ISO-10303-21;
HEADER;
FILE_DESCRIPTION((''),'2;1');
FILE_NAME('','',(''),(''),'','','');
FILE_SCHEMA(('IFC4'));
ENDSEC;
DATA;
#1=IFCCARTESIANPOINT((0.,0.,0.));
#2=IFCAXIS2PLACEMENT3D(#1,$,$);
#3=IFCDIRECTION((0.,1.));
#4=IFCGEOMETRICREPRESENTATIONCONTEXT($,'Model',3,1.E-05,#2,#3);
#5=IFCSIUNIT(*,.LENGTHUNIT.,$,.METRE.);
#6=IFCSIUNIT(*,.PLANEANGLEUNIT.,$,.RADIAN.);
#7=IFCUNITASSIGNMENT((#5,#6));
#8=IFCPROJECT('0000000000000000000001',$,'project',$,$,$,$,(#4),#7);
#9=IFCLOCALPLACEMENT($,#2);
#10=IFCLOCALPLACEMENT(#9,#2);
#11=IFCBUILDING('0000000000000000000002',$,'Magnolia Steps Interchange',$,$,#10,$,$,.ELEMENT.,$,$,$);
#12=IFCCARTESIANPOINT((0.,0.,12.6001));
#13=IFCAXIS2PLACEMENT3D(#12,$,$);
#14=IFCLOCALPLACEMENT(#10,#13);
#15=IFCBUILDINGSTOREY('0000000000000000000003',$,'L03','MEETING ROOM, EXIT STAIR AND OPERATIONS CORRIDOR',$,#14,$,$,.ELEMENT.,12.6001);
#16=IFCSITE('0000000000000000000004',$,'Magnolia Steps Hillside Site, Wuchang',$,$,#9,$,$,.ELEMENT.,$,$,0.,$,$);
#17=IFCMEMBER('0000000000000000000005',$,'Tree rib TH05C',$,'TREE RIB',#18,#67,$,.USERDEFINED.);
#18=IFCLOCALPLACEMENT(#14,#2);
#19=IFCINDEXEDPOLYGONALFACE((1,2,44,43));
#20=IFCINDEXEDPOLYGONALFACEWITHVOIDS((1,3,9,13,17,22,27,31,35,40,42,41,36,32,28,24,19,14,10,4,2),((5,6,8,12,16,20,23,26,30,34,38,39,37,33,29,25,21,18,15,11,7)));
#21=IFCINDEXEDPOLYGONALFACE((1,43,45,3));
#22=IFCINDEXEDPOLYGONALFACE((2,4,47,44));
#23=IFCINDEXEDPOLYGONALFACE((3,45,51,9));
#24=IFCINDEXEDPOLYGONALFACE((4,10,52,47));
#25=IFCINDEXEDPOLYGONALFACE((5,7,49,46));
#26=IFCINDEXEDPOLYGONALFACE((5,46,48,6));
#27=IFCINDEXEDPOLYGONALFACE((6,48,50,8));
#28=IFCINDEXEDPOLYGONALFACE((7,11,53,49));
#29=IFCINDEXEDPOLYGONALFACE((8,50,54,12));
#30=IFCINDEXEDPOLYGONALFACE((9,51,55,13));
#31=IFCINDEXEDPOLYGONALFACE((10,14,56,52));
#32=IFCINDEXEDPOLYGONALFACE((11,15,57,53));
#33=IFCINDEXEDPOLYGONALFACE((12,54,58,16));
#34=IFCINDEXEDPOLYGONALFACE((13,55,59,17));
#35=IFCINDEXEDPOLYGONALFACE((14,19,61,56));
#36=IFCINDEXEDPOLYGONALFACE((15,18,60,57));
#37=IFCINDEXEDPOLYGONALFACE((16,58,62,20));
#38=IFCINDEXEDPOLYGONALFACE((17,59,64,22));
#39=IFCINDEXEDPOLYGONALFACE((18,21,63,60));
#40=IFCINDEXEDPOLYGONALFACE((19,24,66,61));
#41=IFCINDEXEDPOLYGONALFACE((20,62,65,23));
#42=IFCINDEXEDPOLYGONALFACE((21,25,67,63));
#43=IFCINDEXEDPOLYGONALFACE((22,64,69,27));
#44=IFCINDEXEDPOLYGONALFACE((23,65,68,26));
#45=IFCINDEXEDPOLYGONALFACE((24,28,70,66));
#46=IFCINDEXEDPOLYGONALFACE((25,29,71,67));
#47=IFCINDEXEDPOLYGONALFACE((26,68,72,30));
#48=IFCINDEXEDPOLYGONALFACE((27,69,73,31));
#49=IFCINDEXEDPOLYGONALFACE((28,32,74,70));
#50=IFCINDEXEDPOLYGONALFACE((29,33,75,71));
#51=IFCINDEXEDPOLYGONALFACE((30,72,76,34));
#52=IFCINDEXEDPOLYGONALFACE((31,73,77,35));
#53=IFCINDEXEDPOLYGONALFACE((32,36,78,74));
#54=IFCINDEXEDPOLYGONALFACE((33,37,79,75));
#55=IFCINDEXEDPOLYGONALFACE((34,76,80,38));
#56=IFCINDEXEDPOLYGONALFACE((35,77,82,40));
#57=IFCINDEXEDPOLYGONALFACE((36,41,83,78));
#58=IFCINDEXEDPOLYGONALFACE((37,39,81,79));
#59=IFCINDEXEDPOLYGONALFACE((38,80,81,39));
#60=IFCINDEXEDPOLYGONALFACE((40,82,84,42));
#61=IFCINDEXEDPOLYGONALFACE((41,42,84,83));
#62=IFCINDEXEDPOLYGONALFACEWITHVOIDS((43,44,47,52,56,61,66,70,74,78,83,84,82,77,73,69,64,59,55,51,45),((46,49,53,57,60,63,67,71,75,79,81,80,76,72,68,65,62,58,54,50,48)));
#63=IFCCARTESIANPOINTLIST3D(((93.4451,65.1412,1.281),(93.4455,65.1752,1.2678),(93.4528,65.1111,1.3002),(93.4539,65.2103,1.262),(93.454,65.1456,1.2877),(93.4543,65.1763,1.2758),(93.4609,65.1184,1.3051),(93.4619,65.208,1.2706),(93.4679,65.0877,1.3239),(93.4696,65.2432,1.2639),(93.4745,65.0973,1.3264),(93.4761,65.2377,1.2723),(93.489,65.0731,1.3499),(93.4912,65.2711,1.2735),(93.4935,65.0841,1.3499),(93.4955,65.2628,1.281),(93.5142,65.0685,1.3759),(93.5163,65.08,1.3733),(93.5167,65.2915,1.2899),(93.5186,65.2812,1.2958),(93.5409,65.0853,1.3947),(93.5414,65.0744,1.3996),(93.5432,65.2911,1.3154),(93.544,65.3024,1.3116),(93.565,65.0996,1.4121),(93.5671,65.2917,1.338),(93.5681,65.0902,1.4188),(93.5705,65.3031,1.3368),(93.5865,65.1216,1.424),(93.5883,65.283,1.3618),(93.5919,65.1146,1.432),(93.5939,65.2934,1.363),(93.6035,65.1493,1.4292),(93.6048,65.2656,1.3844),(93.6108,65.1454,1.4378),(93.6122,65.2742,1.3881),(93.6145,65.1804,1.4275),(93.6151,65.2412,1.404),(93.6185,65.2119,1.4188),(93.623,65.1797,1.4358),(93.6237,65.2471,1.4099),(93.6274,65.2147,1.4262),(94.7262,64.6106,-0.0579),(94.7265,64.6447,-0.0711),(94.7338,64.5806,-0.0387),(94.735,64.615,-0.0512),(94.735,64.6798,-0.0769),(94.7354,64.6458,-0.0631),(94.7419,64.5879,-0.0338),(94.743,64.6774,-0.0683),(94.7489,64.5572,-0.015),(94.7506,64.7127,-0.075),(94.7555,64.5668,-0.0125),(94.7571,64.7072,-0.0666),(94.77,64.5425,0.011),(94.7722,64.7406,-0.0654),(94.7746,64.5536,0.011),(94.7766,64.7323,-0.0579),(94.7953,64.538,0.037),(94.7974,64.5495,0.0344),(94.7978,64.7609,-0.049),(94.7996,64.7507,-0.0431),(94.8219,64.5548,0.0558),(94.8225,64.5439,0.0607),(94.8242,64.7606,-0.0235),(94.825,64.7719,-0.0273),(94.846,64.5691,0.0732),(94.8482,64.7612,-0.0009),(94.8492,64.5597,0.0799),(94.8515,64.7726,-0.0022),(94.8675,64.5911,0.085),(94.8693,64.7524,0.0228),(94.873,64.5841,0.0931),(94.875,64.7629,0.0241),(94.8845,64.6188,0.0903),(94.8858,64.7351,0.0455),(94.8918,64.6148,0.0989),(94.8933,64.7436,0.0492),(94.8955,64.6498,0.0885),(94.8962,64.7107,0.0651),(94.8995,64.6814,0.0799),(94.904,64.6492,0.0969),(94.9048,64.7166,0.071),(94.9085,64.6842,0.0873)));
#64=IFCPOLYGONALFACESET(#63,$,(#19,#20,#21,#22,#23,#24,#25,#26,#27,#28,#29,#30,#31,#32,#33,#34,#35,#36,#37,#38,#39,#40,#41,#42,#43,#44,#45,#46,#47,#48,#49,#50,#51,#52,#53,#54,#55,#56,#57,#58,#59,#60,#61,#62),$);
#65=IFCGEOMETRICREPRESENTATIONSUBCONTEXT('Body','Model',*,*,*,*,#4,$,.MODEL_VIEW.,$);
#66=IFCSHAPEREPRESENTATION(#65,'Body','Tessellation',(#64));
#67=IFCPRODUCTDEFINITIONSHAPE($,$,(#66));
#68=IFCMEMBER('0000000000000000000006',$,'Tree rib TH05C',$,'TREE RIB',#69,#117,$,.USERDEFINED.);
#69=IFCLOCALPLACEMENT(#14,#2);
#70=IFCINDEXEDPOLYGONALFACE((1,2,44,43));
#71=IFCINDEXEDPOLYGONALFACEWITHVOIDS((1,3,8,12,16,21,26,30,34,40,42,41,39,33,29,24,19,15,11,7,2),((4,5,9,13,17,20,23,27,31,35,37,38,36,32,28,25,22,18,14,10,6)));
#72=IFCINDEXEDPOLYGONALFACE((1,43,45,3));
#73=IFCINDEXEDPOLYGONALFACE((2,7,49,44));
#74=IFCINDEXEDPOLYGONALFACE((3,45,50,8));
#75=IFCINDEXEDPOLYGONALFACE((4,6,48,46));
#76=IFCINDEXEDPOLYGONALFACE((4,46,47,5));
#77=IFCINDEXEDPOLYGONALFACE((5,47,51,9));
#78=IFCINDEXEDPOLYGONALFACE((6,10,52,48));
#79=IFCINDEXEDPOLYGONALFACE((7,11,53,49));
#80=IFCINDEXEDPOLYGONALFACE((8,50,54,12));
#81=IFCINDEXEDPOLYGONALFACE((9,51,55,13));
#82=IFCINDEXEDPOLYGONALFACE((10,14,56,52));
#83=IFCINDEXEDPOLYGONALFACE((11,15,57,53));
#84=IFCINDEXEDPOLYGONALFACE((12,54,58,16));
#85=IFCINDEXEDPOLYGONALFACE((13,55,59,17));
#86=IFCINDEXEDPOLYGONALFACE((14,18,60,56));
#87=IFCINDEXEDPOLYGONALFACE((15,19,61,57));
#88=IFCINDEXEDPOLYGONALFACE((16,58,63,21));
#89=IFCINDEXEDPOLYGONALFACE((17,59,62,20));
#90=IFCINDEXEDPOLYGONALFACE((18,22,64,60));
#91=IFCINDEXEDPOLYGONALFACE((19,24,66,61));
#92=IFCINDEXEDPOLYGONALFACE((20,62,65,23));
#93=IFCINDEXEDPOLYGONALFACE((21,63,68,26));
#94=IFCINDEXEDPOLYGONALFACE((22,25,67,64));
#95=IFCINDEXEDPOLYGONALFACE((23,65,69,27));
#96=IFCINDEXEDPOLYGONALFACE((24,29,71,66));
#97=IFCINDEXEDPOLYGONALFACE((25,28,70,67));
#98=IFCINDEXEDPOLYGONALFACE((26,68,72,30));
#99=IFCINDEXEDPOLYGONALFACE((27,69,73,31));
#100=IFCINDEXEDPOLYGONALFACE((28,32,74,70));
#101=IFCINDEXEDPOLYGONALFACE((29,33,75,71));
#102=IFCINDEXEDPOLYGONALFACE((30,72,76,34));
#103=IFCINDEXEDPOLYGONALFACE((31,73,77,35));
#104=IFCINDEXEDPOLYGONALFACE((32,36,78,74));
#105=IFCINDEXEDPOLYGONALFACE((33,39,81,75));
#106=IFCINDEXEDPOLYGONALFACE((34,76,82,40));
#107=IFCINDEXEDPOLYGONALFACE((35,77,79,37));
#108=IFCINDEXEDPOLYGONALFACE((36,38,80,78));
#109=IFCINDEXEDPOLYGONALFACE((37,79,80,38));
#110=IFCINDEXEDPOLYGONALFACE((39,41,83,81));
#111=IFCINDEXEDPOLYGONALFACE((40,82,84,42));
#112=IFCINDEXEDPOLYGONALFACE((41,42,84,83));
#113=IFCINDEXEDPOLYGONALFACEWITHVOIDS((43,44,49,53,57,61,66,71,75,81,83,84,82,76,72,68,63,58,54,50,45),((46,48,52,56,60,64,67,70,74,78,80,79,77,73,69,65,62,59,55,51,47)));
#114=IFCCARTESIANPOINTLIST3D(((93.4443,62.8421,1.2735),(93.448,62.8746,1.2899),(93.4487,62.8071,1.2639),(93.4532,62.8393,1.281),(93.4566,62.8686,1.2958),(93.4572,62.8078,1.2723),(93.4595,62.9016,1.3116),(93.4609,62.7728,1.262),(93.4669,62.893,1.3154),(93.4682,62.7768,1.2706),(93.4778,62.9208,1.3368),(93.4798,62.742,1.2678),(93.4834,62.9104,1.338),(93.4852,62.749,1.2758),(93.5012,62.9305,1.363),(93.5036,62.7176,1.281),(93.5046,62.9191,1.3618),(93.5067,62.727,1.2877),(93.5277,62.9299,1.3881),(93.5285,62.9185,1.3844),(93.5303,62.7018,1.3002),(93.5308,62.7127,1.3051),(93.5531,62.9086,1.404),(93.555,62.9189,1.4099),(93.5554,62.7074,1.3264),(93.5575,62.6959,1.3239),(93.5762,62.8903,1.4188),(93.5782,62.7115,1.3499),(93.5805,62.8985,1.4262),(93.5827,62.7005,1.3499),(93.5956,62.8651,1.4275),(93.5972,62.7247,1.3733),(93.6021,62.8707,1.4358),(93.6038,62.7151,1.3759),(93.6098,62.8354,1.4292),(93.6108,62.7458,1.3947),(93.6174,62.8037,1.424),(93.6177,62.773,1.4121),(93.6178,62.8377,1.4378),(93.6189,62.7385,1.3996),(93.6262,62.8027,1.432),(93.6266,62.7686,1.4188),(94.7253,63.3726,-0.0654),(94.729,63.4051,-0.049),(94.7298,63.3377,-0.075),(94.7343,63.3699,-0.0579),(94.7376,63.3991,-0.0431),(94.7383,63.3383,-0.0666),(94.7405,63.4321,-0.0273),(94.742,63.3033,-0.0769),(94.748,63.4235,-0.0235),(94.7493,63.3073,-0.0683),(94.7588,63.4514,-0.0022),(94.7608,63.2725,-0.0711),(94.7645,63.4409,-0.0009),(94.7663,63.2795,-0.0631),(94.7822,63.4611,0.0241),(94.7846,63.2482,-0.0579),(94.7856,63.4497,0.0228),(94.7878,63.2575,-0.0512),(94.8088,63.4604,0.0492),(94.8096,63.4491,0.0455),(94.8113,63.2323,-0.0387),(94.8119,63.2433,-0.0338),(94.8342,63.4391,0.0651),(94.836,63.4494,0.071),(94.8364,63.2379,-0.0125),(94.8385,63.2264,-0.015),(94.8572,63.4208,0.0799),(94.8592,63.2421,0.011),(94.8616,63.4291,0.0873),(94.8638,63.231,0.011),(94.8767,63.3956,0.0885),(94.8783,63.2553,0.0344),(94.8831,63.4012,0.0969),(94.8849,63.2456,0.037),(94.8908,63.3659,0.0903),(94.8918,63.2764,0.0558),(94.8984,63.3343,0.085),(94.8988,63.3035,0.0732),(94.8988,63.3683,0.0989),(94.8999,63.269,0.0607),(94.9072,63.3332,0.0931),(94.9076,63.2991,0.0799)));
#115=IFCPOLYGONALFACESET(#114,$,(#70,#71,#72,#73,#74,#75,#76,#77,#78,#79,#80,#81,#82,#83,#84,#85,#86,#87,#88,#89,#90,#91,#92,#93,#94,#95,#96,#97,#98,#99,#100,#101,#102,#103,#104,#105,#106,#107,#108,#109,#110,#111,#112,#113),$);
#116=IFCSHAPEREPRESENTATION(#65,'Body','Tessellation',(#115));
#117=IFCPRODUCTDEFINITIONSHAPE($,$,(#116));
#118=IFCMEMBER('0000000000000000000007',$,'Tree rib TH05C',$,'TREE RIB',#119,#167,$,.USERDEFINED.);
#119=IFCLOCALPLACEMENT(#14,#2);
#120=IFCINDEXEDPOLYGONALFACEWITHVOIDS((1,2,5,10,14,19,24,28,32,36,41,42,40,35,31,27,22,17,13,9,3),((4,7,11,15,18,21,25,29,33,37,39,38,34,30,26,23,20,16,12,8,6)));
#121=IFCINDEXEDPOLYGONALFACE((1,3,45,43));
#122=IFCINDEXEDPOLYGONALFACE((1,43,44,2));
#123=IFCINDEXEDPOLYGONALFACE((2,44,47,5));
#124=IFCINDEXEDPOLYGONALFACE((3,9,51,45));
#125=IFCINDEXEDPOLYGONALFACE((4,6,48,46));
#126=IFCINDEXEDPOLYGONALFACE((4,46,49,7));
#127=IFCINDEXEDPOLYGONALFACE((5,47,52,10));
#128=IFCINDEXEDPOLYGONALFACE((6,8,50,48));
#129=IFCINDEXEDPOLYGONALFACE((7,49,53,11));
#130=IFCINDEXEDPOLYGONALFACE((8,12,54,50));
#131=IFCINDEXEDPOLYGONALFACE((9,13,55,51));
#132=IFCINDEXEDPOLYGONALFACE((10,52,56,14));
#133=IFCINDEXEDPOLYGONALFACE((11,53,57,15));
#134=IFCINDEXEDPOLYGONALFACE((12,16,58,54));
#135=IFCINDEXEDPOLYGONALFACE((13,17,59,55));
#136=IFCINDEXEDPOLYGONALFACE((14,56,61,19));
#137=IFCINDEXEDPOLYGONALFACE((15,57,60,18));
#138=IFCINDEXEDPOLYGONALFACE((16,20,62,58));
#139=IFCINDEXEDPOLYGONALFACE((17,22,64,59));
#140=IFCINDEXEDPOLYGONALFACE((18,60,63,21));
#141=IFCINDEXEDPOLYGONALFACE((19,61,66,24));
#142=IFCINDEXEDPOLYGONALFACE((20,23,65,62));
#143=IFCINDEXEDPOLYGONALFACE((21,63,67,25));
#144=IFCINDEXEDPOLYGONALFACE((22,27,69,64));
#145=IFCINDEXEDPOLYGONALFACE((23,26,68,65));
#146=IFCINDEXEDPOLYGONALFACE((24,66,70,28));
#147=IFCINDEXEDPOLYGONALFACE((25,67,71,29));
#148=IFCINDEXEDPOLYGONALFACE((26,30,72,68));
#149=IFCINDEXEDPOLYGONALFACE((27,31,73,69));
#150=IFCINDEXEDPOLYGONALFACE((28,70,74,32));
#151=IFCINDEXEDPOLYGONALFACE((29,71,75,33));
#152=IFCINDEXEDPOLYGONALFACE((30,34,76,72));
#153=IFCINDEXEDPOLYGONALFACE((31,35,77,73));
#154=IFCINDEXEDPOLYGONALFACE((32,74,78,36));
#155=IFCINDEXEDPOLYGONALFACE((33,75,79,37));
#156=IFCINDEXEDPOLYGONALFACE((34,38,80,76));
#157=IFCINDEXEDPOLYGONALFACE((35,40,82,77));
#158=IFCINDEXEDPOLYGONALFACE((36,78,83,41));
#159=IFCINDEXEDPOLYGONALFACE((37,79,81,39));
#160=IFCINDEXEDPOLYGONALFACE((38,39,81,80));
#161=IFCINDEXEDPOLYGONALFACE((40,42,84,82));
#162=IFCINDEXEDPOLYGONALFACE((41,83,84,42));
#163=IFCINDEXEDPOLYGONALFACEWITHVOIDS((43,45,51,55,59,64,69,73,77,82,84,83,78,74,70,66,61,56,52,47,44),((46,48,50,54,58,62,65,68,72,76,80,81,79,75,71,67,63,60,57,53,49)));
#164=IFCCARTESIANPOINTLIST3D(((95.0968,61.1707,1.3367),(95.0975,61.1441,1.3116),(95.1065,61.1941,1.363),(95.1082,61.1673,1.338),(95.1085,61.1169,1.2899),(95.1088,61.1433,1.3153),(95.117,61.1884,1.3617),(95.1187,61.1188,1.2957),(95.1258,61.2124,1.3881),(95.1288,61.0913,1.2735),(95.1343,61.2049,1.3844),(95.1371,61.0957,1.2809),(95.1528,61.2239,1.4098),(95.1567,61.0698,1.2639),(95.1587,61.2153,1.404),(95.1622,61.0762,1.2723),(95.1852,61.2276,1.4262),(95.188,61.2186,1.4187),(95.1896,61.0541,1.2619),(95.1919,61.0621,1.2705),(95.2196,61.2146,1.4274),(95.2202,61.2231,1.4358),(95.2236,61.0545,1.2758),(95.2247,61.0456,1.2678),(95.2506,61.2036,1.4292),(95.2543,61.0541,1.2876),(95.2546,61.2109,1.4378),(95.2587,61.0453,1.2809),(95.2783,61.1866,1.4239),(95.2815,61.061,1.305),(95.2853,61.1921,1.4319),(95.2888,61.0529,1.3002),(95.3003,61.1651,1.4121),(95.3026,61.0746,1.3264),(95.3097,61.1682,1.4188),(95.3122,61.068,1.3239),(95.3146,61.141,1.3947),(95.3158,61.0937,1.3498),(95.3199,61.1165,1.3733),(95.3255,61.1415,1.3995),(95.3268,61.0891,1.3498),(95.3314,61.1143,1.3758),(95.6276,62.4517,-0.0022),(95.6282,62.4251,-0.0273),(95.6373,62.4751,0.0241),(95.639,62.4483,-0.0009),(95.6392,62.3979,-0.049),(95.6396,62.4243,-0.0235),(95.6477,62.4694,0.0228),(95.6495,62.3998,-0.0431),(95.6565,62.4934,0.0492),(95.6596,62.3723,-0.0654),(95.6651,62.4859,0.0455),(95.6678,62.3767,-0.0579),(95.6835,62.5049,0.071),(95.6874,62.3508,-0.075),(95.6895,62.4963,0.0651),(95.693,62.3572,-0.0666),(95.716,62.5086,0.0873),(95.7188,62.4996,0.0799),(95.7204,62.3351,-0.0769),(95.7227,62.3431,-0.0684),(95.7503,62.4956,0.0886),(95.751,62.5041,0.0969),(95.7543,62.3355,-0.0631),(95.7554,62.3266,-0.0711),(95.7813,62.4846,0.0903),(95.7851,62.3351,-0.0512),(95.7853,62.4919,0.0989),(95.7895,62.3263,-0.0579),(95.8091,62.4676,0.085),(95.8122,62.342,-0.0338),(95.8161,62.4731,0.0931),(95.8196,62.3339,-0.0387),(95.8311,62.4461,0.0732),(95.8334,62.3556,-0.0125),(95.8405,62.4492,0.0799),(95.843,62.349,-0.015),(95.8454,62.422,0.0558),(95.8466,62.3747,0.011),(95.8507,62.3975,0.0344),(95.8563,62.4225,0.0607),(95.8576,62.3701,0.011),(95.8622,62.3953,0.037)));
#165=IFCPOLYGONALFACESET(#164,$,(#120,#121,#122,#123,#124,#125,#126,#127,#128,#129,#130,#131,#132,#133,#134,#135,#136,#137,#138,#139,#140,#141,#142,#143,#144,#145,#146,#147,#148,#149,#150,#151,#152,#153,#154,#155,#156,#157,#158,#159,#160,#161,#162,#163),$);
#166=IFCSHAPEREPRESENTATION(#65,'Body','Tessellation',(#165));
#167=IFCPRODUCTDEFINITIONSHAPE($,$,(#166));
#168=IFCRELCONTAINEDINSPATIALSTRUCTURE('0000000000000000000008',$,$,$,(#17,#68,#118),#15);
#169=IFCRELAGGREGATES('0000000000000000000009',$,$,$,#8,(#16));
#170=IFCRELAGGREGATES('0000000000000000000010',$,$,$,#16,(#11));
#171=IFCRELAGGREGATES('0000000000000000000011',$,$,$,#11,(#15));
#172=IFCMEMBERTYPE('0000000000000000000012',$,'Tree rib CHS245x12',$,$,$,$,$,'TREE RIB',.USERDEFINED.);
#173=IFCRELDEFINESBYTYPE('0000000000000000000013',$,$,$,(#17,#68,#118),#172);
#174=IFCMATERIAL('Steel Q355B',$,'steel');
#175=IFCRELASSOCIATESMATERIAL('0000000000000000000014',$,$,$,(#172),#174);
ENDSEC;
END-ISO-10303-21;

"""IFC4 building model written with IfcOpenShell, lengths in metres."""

from ifc_helpers import new_model, si_unit, direction, frame, origin, origin_2d, place, context, subcontext, project, spatial, hollow_circle, extrude, material, material_profile, profile_set, type_object, element, save


model = new_model("IFC4")

# Units and contexts
model_context = context("Model", 3, precision=1e-05, world=origin(), true_north=direction((0.0, 1.0)))
body_context = subcontext(model_context, "Body", "Model", "MODEL_VIEW")
ifc_project = project(units=[si_unit("LENGTHUNIT", "METRE"), si_unit("PLANEANGLEUNIT", "RADIAN")], contexts=[model_context])

# Site, building, storey
site_placement = place(None, origin())
site = spatial("IfcSite", under=ifc_project, at=site_placement, Name="Magnolia Steps Hillside Site, Wuchang", CompositionType="ELEMENT", RefElevation=0.0)
building_placement = place(site_placement, origin())
building = spatial("IfcBuilding", under=site, at=building_placement, Name="Magnolia Steps Interchange", CompositionType="ELEMENT")
storey_placement = place(building_placement, frame((0.0, 0.0, 12.6001)))
storey = spatial("IfcBuildingStorey", under=building, at=storey_placement, Name="L03", Description="MEETING ROOM, EXIT STAIR AND OPERATIONS CORRIDOR", CompositionType="ELEMENT", Elevation=12.6001)

# Members
ifc_material_1 = material(Name="Steel Q355B", Category="steel")
ifc_material_profile_1 = material_profile(ifc_material_1, hollow_circle(Radius=0.1226, WallThickness=0.012, at=origin_2d()), Name="CHS245x12")
ifc_profile_set_1 = profile_set([ifc_material_profile_1], Name="Steel Q355B")
member_type = type_object("IfcMemberType", Name="Tree rib CHS245x12", ElementType="TREE RIB", PredefinedType="USERDEFINED", material=ifc_profile_set_1)
for number, where, z_axis, x_axis, name in (
    (1, (94.8169, 64.6558, 0.011), (-0.664618, 0.275246, 0.694638), (-0.382627, -0.923903, 0.0), "Tree rib TH05C"),
    (2, (94.8169, 63.3442, 0.011), (-0.664618, -0.275246, 0.694638), (0.382627, -0.923903, 0.0), "Tree rib TH05C"),
    (3, (95.7444, 62.417, 0.011), (-0.275363, -0.664595, 0.694614), (0.923841, -0.382777, 0.0), "Tree rib TH05C"),
):
    element("IfcMember", number, at=place(storey_placement, frame(where, z_axis=z_axis, x_axis=x_axis)), inside=storey, type_object=member_type, Name=name, ObjectType="TREE RIB", PredefinedType="USERDEFINED", context=body_context, shape_type="SweptSolid", body=[
        extrude(hollow_circle(Radius=0.1226, WallThickness=0.012, at=origin_2d()), origin(), (0.0, 0.0, 1.0), 1.9275),
    ])

save(model, "model.ifc")
